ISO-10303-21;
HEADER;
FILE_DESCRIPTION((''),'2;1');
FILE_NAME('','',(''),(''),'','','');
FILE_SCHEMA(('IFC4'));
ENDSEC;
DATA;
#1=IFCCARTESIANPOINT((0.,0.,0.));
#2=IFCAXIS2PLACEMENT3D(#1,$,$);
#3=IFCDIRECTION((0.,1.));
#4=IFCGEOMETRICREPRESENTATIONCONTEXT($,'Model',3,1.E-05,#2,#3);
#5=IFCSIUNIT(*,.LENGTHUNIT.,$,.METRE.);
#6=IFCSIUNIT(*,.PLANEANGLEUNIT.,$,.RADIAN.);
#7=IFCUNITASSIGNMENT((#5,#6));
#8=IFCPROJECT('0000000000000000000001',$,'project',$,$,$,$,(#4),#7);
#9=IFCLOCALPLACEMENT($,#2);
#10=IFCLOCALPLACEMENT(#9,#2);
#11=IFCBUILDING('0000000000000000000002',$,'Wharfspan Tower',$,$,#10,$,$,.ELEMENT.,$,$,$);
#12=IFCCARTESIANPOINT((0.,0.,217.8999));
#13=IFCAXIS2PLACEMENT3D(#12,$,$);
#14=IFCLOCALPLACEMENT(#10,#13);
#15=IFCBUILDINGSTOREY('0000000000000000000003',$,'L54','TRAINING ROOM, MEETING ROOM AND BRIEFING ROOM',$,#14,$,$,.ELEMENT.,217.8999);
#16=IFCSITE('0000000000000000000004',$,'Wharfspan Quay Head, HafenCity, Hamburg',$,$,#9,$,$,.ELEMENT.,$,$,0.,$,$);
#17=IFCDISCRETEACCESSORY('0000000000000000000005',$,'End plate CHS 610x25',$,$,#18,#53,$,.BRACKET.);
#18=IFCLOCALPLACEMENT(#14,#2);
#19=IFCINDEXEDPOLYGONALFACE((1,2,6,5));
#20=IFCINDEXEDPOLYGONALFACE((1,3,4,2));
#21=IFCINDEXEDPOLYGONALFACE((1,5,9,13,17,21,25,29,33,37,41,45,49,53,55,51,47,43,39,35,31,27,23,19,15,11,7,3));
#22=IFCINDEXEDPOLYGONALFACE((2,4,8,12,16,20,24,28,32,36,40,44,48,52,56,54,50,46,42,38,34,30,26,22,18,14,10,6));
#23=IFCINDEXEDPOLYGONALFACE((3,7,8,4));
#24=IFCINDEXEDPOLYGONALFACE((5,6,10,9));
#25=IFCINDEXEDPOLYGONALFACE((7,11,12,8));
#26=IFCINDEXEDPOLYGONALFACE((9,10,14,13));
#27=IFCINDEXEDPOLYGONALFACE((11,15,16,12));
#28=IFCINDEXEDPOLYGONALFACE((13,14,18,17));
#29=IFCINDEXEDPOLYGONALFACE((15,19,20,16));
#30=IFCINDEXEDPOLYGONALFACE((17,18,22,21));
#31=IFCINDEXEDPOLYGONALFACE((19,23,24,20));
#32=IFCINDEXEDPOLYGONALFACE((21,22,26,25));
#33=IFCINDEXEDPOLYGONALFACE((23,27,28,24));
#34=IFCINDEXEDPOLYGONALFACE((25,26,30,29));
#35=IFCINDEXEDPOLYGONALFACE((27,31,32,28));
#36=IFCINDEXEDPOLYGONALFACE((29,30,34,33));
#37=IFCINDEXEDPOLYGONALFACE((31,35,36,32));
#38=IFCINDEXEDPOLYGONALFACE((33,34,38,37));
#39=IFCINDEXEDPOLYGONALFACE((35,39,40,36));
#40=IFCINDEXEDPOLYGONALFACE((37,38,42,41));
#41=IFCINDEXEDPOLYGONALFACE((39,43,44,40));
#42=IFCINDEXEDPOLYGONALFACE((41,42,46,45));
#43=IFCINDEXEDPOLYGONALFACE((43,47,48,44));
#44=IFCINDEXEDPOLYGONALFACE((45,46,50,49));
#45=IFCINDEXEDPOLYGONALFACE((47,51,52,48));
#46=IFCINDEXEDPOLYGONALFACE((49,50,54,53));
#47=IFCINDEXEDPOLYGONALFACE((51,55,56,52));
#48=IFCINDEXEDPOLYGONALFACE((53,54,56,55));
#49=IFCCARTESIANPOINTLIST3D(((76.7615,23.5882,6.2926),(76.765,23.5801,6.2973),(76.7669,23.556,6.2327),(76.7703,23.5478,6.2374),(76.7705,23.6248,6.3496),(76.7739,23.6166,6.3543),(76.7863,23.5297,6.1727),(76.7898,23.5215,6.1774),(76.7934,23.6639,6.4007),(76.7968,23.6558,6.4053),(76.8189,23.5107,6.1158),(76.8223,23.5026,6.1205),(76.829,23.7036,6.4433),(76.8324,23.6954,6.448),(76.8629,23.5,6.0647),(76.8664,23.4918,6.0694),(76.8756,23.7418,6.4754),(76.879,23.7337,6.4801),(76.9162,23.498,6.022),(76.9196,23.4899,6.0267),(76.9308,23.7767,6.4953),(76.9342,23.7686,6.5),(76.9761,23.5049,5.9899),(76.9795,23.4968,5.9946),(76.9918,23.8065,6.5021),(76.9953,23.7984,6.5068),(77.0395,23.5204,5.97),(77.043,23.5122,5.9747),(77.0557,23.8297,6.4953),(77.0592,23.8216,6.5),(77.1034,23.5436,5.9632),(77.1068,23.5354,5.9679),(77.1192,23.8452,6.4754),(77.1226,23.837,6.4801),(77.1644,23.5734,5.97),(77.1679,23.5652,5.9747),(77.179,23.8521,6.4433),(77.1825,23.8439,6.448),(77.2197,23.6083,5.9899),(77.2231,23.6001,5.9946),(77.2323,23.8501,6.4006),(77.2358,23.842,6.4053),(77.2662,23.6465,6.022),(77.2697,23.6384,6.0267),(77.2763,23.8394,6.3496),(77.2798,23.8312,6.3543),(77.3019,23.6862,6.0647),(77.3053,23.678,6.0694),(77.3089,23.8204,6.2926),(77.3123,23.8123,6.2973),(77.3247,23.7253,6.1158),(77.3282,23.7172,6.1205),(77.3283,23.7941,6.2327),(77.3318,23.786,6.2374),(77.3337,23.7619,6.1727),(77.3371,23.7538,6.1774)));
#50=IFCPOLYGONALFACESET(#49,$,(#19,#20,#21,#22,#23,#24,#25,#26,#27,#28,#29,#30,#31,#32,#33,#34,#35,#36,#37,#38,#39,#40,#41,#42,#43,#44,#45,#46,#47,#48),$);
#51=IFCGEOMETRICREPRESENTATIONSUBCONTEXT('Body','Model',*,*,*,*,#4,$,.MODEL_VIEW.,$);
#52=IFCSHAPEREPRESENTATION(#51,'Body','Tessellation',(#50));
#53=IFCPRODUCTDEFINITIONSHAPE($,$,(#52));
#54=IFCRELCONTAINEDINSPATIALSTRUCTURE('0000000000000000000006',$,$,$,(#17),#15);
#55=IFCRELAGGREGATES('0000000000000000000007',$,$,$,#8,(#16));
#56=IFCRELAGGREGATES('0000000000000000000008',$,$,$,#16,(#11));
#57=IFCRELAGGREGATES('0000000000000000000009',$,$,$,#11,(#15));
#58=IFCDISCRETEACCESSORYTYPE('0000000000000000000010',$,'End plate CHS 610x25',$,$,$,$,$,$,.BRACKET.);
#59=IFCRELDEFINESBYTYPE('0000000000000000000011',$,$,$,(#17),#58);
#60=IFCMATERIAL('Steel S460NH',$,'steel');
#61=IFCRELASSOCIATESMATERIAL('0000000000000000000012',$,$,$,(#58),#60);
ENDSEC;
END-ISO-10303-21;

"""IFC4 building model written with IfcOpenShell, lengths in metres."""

from ifc_helpers import new_model, si_unit, direction, frame, origin, origin_2d, place, context, subcontext, project, spatial, circle, extrude, material, material_profile, profile_set, type_object, element, save


model = new_model("IFC4")

# Units and contexts
model_context = context("Model", 3, precision=1e-05, world=origin(), true_north=direction((0.0, 1.0)))
body_context = subcontext(model_context, "Body", "Model", "MODEL_VIEW")
ifc_project = project(units=[si_unit("LENGTHUNIT", "METRE"), si_unit("PLANEANGLEUNIT", "RADIAN")], contexts=[model_context])

# Site, building, storey
site_placement = place(None, origin())
site = spatial("IfcSite", under=ifc_project, at=site_placement, Name="Wharfspan Quay Head, HafenCity, Hamburg", CompositionType="ELEMENT", RefElevation=0.0)
building_placement = place(site_placement, origin())
building = spatial("IfcBuilding", under=site, at=building_placement, Name="Wharfspan Tower", CompositionType="ELEMENT")
storey_placement = place(building_placement, frame((0.0, 0.0, 217.8999)))
storey = spatial("IfcBuildingStorey", under=building, at=storey_placement, Name="L54", Description="TRAINING ROOM, MEETING ROOM AND BRIEFING ROOM", CompositionType="ELEMENT", Elevation=217.8999)

# Discrete accessory
ifc_material_1 = material(Name="Steel S460NH", Category="steel")
ifc_material_profile_1 = material_profile(ifc_material_1, circle(Radius=0.3049, at=origin_2d()))
ifc_profile_set_1 = profile_set([ifc_material_profile_1], Name="Steel S460NH")
discrete_accessory_type = type_object("IfcDiscreteAccessoryType", Name="End plate CHS 610x25", PredefinedType="BRACKET", material=ifc_profile_set_1)
for number, where, z_axis, x_axis, name in (
    (1, (77.0476, 23.675, 6.2327), (0.345075, -0.81339, 0.468316), (0.920586, 0.390551, -0.000002), "End plate CHS 610x25"),
):
    element("IfcDiscreteAccessory", number, at=place(storey_placement, frame(where, z_axis=z_axis, x_axis=x_axis)), inside=storey, type_object=discrete_accessory_type, Name=name, PredefinedType="BRACKET", context=body_context, shape_type="SweptSolid", body=[
        extrude(circle(Radius=0.3049, at=origin_2d()), origin(), (0.0, 0.0, 1.0), 0.01),
    ])

save(model, "model.ifc")
